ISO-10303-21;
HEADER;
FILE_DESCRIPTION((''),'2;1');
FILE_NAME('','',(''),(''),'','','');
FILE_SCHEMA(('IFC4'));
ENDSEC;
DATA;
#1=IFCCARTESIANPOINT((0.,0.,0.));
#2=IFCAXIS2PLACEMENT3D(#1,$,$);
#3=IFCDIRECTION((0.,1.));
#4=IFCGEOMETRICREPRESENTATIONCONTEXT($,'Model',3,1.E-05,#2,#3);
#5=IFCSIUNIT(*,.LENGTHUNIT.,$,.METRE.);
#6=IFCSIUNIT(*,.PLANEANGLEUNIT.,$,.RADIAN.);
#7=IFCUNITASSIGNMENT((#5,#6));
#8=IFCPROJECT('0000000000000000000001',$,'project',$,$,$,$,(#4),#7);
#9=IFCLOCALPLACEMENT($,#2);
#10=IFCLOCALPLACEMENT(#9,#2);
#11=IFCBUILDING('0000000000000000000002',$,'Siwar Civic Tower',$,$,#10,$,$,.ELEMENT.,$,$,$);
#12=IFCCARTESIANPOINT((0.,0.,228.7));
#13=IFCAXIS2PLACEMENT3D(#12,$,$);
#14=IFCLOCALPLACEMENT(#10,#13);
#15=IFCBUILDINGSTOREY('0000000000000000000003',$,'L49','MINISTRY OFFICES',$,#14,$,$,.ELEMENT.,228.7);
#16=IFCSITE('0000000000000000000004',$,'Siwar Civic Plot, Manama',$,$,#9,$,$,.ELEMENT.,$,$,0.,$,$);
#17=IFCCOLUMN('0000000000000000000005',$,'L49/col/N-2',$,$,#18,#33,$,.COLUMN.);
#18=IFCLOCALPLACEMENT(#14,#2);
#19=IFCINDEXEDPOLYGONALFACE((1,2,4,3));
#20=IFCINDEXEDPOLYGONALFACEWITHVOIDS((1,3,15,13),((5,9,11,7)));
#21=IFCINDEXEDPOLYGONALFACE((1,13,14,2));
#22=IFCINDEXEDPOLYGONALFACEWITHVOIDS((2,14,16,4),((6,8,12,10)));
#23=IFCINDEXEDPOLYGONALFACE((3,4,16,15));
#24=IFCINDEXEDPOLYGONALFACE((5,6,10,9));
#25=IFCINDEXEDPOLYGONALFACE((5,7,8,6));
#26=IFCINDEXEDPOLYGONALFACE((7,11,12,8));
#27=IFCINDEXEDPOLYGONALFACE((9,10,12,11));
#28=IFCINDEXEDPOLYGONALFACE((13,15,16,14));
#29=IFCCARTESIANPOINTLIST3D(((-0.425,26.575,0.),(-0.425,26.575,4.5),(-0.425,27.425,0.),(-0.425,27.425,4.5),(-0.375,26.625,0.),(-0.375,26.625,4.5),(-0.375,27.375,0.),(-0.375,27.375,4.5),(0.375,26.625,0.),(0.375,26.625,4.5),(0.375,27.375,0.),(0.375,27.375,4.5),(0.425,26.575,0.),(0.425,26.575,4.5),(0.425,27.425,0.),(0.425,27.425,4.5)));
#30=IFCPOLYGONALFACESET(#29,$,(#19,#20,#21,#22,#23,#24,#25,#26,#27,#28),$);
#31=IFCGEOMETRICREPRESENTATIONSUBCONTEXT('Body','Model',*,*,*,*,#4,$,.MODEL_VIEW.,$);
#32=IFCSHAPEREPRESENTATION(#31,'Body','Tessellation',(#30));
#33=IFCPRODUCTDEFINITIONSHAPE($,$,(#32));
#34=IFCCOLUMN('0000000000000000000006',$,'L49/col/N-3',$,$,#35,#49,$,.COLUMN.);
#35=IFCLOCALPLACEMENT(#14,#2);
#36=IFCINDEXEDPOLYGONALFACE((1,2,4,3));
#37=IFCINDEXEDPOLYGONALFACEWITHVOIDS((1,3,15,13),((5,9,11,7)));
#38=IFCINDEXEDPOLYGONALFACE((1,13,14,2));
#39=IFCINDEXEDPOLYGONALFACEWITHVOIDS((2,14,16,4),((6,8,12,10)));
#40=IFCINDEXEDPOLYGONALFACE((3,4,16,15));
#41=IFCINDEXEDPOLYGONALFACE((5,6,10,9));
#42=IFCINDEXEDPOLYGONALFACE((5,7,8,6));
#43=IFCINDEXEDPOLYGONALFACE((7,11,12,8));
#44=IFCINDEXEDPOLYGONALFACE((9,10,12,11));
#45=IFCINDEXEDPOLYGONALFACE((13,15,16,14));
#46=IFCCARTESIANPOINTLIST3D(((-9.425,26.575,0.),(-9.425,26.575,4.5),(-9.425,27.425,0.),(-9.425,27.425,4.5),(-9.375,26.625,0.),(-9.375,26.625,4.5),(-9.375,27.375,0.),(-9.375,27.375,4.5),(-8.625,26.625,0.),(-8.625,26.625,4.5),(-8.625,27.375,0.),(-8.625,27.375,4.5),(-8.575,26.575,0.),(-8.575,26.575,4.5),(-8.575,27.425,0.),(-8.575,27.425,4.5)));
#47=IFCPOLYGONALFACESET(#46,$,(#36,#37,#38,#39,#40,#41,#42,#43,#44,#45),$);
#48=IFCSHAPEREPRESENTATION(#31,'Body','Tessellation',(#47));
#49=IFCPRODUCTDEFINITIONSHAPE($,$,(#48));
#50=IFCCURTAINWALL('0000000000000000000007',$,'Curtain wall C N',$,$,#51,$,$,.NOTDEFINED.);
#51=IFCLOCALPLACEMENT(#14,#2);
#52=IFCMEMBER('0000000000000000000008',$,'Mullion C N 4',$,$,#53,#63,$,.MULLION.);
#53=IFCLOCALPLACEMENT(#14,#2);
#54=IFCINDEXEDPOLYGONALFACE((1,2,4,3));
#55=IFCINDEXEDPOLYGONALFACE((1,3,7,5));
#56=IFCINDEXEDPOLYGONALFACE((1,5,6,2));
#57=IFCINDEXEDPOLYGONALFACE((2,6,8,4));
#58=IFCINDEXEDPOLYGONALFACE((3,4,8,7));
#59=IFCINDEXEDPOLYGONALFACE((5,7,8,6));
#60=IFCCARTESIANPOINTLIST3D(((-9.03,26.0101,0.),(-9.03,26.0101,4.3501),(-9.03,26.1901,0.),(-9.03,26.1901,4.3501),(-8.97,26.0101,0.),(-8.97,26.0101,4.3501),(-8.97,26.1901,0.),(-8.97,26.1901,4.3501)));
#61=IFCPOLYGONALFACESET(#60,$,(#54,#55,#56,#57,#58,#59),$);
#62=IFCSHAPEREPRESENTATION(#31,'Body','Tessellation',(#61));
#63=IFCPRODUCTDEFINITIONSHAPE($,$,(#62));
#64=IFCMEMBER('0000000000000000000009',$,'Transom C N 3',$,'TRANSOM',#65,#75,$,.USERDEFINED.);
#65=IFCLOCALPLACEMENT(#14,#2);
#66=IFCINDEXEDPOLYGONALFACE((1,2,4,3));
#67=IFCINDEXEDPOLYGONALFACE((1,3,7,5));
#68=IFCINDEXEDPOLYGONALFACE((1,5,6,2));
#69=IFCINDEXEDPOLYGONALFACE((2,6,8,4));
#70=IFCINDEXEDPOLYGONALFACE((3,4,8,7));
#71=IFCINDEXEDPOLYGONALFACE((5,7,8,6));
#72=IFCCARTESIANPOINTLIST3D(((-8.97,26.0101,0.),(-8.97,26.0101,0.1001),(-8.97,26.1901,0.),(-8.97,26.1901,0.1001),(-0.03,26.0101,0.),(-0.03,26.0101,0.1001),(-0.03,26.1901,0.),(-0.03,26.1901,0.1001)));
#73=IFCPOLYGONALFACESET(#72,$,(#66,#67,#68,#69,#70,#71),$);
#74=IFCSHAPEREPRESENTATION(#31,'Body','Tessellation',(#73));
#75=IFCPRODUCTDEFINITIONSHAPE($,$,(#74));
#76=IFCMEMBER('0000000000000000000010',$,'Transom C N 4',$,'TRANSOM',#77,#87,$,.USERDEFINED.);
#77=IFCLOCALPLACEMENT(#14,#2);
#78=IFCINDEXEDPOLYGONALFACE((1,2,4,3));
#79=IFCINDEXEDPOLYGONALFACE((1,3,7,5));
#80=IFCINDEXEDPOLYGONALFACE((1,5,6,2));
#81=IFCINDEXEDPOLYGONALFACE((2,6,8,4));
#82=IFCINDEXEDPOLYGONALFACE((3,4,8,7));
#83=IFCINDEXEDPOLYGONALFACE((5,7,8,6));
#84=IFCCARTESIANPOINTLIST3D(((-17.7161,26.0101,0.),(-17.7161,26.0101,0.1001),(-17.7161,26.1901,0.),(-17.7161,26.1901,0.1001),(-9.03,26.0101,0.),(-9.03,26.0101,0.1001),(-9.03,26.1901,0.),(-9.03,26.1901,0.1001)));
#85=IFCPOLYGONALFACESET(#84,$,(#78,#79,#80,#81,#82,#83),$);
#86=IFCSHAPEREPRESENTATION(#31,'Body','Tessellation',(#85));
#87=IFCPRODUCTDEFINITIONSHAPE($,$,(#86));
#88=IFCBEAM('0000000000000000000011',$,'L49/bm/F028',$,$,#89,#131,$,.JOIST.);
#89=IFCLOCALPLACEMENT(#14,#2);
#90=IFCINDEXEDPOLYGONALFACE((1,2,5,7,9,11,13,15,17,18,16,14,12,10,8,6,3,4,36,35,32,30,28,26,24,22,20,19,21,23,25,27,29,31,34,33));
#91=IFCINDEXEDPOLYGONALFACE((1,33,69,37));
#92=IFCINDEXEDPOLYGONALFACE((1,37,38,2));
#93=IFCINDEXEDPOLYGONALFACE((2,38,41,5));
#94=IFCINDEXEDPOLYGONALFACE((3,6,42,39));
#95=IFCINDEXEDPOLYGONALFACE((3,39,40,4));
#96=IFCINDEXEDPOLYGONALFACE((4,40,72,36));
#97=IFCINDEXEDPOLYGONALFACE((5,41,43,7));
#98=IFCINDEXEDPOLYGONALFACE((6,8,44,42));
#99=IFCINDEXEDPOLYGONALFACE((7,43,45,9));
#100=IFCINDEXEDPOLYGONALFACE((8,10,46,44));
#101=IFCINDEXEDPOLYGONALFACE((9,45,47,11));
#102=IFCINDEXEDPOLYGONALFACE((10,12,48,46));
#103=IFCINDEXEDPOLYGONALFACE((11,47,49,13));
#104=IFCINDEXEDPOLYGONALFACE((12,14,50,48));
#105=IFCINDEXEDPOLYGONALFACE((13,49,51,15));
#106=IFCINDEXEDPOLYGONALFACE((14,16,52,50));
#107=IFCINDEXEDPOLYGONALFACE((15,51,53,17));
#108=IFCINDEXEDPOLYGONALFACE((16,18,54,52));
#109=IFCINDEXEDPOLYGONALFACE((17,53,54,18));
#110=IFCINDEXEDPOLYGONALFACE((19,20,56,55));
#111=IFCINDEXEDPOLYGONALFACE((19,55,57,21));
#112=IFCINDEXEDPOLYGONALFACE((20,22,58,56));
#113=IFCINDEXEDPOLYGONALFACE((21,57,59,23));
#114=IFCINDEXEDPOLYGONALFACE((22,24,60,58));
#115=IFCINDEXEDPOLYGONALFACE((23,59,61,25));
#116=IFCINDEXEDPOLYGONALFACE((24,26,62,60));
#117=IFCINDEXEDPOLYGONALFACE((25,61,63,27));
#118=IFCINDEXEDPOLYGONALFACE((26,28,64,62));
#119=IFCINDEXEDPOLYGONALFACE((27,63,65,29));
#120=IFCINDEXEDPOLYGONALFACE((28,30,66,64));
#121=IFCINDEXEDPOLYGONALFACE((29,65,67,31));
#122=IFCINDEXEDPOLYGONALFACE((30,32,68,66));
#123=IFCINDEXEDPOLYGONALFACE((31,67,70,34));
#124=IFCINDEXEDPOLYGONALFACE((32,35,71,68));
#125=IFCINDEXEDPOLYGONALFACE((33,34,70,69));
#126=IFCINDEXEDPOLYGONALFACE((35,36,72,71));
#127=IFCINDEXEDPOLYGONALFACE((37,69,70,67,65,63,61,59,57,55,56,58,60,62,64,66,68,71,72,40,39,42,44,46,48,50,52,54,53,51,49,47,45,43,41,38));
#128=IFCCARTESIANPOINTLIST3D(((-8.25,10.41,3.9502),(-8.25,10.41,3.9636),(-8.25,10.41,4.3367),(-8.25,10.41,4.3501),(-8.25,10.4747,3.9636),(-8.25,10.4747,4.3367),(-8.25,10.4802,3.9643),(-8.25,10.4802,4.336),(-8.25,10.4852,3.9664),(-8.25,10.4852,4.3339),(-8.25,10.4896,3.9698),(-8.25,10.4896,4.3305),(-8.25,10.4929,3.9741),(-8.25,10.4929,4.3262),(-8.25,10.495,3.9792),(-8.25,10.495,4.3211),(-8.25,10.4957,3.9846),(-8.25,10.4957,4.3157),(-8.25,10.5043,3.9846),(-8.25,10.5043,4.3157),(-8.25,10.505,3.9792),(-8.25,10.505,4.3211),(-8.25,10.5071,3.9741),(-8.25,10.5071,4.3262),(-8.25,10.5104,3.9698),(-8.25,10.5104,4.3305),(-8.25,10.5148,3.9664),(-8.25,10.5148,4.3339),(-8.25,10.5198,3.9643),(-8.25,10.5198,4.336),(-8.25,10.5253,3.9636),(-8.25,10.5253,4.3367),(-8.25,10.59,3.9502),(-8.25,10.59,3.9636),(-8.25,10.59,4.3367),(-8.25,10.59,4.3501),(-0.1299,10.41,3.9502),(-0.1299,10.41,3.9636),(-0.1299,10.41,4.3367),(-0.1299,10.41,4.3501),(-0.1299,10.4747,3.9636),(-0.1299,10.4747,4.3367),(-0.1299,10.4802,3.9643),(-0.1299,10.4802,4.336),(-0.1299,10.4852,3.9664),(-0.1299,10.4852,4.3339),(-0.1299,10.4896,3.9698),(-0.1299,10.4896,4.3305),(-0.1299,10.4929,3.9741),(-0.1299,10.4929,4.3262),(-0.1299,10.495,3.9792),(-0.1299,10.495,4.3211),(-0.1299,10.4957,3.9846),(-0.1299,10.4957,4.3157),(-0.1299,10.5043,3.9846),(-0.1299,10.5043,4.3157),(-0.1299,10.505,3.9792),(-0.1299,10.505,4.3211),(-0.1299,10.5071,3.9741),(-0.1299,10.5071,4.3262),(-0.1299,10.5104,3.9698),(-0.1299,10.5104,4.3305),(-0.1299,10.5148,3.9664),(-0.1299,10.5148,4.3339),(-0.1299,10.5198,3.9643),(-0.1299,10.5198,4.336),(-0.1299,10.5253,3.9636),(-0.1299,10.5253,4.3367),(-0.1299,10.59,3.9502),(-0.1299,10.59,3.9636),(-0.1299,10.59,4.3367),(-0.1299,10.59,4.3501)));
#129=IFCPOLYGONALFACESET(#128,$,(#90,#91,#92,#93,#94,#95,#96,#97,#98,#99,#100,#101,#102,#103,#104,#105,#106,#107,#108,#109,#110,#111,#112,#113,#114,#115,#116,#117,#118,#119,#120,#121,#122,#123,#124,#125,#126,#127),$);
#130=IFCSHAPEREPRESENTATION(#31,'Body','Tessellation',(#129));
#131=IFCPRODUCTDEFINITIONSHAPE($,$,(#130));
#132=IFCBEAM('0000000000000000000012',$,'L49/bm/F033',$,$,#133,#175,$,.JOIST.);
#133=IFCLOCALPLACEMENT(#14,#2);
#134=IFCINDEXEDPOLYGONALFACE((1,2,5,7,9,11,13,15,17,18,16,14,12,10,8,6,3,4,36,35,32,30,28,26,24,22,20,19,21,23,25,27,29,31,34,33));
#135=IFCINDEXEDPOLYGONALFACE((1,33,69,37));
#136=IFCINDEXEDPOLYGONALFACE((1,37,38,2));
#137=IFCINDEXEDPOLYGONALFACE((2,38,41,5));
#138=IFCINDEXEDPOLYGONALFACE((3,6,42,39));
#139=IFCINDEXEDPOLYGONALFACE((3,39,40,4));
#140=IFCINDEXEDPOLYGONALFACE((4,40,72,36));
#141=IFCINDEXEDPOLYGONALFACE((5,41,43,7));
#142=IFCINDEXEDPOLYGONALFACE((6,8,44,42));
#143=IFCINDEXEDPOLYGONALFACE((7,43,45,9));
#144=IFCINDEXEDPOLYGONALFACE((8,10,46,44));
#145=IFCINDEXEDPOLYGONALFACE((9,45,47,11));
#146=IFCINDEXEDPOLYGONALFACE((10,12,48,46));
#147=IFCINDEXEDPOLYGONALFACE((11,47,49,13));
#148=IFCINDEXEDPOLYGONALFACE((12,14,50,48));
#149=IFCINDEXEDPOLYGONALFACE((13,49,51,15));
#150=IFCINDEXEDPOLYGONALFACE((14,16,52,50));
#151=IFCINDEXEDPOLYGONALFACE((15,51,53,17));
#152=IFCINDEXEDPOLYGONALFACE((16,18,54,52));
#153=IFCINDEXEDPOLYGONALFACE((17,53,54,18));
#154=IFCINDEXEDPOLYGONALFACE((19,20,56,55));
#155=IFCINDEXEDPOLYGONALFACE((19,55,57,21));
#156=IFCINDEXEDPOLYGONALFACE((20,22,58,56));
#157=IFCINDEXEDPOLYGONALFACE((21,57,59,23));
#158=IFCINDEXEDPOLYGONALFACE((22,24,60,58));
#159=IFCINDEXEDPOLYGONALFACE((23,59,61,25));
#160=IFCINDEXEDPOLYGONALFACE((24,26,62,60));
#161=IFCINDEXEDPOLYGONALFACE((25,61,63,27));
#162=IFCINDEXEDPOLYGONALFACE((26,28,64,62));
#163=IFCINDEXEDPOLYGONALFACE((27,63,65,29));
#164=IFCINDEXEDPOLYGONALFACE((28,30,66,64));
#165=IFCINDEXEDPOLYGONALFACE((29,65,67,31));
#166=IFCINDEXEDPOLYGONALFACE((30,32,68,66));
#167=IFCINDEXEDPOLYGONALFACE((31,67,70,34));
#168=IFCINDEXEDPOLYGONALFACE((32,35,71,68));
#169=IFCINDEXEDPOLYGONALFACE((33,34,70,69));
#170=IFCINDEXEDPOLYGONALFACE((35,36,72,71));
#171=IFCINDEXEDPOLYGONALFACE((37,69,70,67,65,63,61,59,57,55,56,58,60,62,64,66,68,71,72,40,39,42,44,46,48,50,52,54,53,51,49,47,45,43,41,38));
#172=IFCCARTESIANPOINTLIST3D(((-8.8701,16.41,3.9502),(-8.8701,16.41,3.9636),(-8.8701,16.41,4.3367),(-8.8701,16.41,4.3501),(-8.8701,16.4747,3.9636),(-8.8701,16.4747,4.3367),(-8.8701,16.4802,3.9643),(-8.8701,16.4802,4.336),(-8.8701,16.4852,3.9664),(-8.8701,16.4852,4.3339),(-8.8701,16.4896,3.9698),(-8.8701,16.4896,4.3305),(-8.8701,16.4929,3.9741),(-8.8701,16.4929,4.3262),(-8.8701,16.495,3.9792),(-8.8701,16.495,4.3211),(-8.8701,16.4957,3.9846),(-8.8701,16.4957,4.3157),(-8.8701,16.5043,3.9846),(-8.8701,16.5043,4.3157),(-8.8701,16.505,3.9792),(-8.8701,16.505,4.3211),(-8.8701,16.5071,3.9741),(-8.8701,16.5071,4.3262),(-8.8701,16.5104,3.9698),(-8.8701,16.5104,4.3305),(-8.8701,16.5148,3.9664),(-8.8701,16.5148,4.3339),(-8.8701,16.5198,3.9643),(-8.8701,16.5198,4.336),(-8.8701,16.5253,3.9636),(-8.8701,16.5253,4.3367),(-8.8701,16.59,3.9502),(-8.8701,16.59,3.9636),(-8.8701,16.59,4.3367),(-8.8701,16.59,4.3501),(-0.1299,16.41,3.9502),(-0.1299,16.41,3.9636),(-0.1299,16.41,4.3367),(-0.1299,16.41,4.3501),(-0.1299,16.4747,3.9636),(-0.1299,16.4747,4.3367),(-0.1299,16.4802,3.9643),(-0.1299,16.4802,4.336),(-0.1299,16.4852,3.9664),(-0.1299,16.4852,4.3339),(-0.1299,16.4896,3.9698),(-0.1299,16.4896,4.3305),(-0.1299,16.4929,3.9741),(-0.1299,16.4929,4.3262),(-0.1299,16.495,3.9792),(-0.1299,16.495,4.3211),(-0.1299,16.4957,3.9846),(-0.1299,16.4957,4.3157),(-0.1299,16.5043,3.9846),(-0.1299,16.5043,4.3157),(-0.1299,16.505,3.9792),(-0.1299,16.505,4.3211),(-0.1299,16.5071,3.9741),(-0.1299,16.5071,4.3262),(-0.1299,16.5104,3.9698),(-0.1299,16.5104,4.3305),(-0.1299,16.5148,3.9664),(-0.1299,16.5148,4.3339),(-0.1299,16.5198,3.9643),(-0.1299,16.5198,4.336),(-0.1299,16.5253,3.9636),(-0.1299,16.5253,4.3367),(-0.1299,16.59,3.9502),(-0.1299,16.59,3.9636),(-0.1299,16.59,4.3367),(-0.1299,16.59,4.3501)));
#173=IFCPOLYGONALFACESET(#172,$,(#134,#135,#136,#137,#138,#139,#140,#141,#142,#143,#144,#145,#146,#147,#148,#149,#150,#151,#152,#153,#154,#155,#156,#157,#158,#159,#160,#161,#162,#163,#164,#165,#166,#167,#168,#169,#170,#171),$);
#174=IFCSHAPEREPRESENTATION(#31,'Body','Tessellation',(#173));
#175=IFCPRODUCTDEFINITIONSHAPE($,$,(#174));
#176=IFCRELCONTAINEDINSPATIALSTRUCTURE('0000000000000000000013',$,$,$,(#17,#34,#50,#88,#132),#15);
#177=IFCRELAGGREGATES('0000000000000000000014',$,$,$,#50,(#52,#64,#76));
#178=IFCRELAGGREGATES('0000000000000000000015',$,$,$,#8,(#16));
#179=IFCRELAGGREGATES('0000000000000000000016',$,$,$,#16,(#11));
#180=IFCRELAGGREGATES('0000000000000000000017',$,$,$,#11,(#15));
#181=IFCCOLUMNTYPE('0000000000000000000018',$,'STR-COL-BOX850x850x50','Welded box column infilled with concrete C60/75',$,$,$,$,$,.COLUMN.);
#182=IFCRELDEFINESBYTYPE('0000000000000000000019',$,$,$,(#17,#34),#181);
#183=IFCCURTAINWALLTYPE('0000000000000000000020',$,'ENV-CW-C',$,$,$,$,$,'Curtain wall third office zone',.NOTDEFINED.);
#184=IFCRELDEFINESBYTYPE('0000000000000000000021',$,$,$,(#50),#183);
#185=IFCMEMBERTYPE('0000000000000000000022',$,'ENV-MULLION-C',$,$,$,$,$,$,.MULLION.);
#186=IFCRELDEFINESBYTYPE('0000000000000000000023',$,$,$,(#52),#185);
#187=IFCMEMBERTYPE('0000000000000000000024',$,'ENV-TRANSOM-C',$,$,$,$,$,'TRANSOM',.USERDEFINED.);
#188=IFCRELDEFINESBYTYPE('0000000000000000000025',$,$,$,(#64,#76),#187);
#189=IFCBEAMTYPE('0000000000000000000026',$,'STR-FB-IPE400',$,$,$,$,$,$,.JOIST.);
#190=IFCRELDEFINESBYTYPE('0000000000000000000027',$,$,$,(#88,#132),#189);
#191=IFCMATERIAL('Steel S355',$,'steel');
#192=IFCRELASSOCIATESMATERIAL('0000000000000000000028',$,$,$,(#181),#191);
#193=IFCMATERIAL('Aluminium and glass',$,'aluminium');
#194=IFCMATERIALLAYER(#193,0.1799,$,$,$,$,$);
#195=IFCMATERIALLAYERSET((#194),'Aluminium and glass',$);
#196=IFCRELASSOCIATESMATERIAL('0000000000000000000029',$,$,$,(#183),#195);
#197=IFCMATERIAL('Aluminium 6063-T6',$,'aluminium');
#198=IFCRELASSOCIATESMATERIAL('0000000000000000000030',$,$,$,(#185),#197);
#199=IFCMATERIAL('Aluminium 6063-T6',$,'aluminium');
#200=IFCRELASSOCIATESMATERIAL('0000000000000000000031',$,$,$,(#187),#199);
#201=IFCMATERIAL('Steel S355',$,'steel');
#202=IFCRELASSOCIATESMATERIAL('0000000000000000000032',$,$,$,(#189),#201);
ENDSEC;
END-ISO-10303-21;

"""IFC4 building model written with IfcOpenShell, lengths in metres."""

from ifc_helpers import new_model, si_unit, direction, frame, origin, origin_2d, place, context, subcontext, project, spatial, rectangle, hollow_rectangle, i_section, extrude, material, layer, layer_set, material_profile, profile_set, type_object, element, aggregate, save


model = new_model("IFC4")

# Units and contexts
model_context = context("Model", 3, precision=1e-05, world=origin(), true_north=direction((0.0, 1.0)))
body_context = subcontext(model_context, "Body", "Model", "MODEL_VIEW")
ifc_project = project(units=[si_unit("LENGTHUNIT", "METRE"), si_unit("PLANEANGLEUNIT", "RADIAN")], contexts=[model_context])

# Site, building, storey
site_placement = place(None, origin())
site = spatial("IfcSite", under=ifc_project, at=site_placement, Name="Siwar Civic Plot, Manama", CompositionType="ELEMENT", RefElevation=0.0)
building_placement = place(site_placement, origin())
building = spatial("IfcBuilding", under=site, at=building_placement, Name="Siwar Civic Tower", CompositionType="ELEMENT")
storey_placement = place(building_placement, frame((0.0, 0.0, 228.7)))
storey = spatial("IfcBuildingStorey", under=building, at=storey_placement, Name="L49", Description="MINISTRY OFFICES", CompositionType="ELEMENT", Elevation=228.7)

# Columns
ifc_material_1 = material(Name="Steel S355", Category="steel")
ifc_material_profile_1 = material_profile(ifc_material_1, hollow_rectangle(XDim=0.8501, YDim=0.8501, WallThickness=0.05, at=origin_2d()), Name="BOX850x850x50")
ifc_profile_set_1 = profile_set([ifc_material_profile_1], Name="Steel S355")
column_type = type_object("IfcColumnType", Name="STR-COL-BOX850x850x50", Description="Welded box column infilled with concrete C60/75", PredefinedType="COLUMN", material=ifc_profile_set_1)
for number, where, z_axis, x_axis, name in (
    (1, (0.0, 27.0, 0.0), (0.0, 0.0, 1.0), (1.0, 0.0, 0.0), "L49/col/N-2"),
    (2, (-9.0, 27.0, 0.0), (0.0, 0.0, 1.0), (1.0, 0.0, 0.0), "L49/col/N-3"),
):
    element("IfcColumn", number, at=place(storey_placement, frame(where, z_axis=z_axis, x_axis=x_axis)), inside=storey, type_object=column_type, Name=name, PredefinedType="COLUMN", context=body_context, shape_type="SweptSolid", body=[
        extrude(hollow_rectangle(XDim=0.8501, YDim=0.8501, WallThickness=0.05, at=origin_2d()), origin(), (0.0, 0.0, 1.0), 4.5),
    ])

# Curtain wall, members
ifc_material_2 = material(Name="Aluminium and glass", Category="aluminium")
ifc_layer_1 = layer(ifc_material_2, 0.1799)
ifc_layer_set_1 = layer_set([ifc_layer_1], Name="Aluminium and glass")
curtain_wall_type = type_object("IfcCurtainWallType", Name="ENV-CW-C", ElementType="Curtain wall third office zone", PredefinedType="NOTDEFINED", material=ifc_layer_set_1)
curtain_wall_placement = place(storey_placement, origin())
curtain_wall = element("IfcCurtainWall", 3, at=curtain_wall_placement, inside=storey, type_object=curtain_wall_type, Name="Curtain wall C N", PredefinedType="NOTDEFINED")
ifc_material_3 = material(Name="Aluminium 6063-T6", Category="aluminium")
ifc_material_profile_2 = material_profile(ifc_material_3, rectangle(XDim=0.1799, YDim=0.0601, at=origin_2d()), Name="AL 180x60")
ifc_profile_set_2 = profile_set([ifc_material_profile_2], Name="Aluminium 6063-T6")
member_type_1 = type_object("IfcMemberType", Name="ENV-MULLION-C", PredefinedType="MULLION", material=ifc_profile_set_2)
member_1_placement = place(storey_placement, frame((-9.0, 26.1001, 0.0), z_axis=(0.0, 0.0, 1.0), x_axis=(0.0, -1.0, 0.0)))
member_1 = element("IfcMember", 4, at=member_1_placement, type_object=member_type_1, Name="Mullion C N 4", PredefinedType="MULLION", context=body_context, shape_type="SweptSolid", body=[
    extrude(rectangle(XDim=0.1799, YDim=0.0601, at=origin_2d()), origin(), (0.0, 0.0, 1.0), 4.3501),
])
ifc_material_4 = material(Name="Aluminium 6063-T6", Category="aluminium")
ifc_material_profile_3 = material_profile(ifc_material_4, rectangle(XDim=0.1799, YDim=0.1001, at=origin_2d()), Name="AL 180x100")
ifc_profile_set_3 = profile_set([ifc_material_profile_3], Name="Aluminium 6063-T6")
member_type_2 = type_object("IfcMemberType", Name="ENV-TRANSOM-C", ElementType="TRANSOM", PredefinedType="USERDEFINED", material=ifc_profile_set_3)
member_2_placement = place(storey_placement, frame((-0.03, 26.1001, 0.05), z_axis=(-1.0, 0.0, 0.0), x_axis=(0.0, -1.0, 0.0)))
member_2 = element("IfcMember", 5, at=member_2_placement, type_object=member_type_2, Name="Transom C N 3", ObjectType="TRANSOM", PredefinedType="USERDEFINED", context=body_context, shape_type="SweptSolid", body=[
    extrude(rectangle(XDim=0.1799, YDim=0.1001, at=origin_2d()), origin(), (0.0, 0.0, 1.0), 8.9399),
])
member_3_placement = place(storey_placement, frame((-9.03, 26.1001, 0.05), z_axis=(-1.0, 0.0, 0.0), x_axis=(0.0, -1.0, 0.0)))
member_3 = element("IfcMember", 6, at=member_3_placement, type_object=member_type_2, Name="Transom C N 4", ObjectType="TRANSOM", PredefinedType="USERDEFINED", context=body_context, shape_type="SweptSolid", body=[
    extrude(rectangle(XDim=0.1799, YDim=0.1001, at=origin_2d()), origin(), (0.0, 0.0, 1.0), 8.686),
])

# Beams
ifc_material_5 = material(Name="Steel S355", Category="steel")
ifc_material_profile_4 = material_profile(ifc_material_5, i_section(OverallWidth=0.1799, OverallDepth=0.3999, WebThickness=0.0085, FlangeThickness=0.0134, FilletRadius=0.021, at=origin_2d()), Name="IPE400")
ifc_profile_set_4 = profile_set([ifc_material_profile_4], Name="Steel S355")
beam_type_1 = type_object("IfcBeamType", Name="STR-FB-IPE400", PredefinedType="JOIST", material=ifc_profile_set_4)
beam_1_placement = place(storey_placement, frame((-8.25, 10.5, 4.1501), z_axis=(1.0, 0.0, 0.0), x_axis=(0.0, 1.0, 0.0)))
element("IfcBeam", 7, at=beam_1_placement, inside=storey, type_object=beam_type_1, Name="L49/bm/F028", PredefinedType="JOIST", context=body_context, shape_type="SweptSolid", body=[
    extrude(i_section(OverallWidth=0.1799, OverallDepth=0.3999, WebThickness=0.0085, FlangeThickness=0.0134, FilletRadius=0.021, at=origin_2d()), origin(), (0.0, 0.0, 1.0), 8.1201),
])
for number, where, z_axis, x_axis, name in (
    (8, (-8.8701, 16.5, 4.1501), (1.0, 0.0, 0.0), (0.0, 1.0, 0.0), "L49/bm/F033"),
):
    element("IfcBeam", number, at=place(storey_placement, frame(where, z_axis=z_axis, x_axis=x_axis)), inside=storey, type_object=beam_type_1, Name=name, PredefinedType="JOIST", context=body_context, shape_type="SweptSolid", body=[
        extrude(i_section(OverallWidth=0.1799, OverallDepth=0.3999, WebThickness=0.0085, FlangeThickness=0.0134, FilletRadius=0.021, at=origin_2d()), origin(), (0.0, 0.0, 1.0), 8.7402),
    ])

aggregate(curtain_wall, [member_1, member_2, member_3])

save(model, "model.ifc")
